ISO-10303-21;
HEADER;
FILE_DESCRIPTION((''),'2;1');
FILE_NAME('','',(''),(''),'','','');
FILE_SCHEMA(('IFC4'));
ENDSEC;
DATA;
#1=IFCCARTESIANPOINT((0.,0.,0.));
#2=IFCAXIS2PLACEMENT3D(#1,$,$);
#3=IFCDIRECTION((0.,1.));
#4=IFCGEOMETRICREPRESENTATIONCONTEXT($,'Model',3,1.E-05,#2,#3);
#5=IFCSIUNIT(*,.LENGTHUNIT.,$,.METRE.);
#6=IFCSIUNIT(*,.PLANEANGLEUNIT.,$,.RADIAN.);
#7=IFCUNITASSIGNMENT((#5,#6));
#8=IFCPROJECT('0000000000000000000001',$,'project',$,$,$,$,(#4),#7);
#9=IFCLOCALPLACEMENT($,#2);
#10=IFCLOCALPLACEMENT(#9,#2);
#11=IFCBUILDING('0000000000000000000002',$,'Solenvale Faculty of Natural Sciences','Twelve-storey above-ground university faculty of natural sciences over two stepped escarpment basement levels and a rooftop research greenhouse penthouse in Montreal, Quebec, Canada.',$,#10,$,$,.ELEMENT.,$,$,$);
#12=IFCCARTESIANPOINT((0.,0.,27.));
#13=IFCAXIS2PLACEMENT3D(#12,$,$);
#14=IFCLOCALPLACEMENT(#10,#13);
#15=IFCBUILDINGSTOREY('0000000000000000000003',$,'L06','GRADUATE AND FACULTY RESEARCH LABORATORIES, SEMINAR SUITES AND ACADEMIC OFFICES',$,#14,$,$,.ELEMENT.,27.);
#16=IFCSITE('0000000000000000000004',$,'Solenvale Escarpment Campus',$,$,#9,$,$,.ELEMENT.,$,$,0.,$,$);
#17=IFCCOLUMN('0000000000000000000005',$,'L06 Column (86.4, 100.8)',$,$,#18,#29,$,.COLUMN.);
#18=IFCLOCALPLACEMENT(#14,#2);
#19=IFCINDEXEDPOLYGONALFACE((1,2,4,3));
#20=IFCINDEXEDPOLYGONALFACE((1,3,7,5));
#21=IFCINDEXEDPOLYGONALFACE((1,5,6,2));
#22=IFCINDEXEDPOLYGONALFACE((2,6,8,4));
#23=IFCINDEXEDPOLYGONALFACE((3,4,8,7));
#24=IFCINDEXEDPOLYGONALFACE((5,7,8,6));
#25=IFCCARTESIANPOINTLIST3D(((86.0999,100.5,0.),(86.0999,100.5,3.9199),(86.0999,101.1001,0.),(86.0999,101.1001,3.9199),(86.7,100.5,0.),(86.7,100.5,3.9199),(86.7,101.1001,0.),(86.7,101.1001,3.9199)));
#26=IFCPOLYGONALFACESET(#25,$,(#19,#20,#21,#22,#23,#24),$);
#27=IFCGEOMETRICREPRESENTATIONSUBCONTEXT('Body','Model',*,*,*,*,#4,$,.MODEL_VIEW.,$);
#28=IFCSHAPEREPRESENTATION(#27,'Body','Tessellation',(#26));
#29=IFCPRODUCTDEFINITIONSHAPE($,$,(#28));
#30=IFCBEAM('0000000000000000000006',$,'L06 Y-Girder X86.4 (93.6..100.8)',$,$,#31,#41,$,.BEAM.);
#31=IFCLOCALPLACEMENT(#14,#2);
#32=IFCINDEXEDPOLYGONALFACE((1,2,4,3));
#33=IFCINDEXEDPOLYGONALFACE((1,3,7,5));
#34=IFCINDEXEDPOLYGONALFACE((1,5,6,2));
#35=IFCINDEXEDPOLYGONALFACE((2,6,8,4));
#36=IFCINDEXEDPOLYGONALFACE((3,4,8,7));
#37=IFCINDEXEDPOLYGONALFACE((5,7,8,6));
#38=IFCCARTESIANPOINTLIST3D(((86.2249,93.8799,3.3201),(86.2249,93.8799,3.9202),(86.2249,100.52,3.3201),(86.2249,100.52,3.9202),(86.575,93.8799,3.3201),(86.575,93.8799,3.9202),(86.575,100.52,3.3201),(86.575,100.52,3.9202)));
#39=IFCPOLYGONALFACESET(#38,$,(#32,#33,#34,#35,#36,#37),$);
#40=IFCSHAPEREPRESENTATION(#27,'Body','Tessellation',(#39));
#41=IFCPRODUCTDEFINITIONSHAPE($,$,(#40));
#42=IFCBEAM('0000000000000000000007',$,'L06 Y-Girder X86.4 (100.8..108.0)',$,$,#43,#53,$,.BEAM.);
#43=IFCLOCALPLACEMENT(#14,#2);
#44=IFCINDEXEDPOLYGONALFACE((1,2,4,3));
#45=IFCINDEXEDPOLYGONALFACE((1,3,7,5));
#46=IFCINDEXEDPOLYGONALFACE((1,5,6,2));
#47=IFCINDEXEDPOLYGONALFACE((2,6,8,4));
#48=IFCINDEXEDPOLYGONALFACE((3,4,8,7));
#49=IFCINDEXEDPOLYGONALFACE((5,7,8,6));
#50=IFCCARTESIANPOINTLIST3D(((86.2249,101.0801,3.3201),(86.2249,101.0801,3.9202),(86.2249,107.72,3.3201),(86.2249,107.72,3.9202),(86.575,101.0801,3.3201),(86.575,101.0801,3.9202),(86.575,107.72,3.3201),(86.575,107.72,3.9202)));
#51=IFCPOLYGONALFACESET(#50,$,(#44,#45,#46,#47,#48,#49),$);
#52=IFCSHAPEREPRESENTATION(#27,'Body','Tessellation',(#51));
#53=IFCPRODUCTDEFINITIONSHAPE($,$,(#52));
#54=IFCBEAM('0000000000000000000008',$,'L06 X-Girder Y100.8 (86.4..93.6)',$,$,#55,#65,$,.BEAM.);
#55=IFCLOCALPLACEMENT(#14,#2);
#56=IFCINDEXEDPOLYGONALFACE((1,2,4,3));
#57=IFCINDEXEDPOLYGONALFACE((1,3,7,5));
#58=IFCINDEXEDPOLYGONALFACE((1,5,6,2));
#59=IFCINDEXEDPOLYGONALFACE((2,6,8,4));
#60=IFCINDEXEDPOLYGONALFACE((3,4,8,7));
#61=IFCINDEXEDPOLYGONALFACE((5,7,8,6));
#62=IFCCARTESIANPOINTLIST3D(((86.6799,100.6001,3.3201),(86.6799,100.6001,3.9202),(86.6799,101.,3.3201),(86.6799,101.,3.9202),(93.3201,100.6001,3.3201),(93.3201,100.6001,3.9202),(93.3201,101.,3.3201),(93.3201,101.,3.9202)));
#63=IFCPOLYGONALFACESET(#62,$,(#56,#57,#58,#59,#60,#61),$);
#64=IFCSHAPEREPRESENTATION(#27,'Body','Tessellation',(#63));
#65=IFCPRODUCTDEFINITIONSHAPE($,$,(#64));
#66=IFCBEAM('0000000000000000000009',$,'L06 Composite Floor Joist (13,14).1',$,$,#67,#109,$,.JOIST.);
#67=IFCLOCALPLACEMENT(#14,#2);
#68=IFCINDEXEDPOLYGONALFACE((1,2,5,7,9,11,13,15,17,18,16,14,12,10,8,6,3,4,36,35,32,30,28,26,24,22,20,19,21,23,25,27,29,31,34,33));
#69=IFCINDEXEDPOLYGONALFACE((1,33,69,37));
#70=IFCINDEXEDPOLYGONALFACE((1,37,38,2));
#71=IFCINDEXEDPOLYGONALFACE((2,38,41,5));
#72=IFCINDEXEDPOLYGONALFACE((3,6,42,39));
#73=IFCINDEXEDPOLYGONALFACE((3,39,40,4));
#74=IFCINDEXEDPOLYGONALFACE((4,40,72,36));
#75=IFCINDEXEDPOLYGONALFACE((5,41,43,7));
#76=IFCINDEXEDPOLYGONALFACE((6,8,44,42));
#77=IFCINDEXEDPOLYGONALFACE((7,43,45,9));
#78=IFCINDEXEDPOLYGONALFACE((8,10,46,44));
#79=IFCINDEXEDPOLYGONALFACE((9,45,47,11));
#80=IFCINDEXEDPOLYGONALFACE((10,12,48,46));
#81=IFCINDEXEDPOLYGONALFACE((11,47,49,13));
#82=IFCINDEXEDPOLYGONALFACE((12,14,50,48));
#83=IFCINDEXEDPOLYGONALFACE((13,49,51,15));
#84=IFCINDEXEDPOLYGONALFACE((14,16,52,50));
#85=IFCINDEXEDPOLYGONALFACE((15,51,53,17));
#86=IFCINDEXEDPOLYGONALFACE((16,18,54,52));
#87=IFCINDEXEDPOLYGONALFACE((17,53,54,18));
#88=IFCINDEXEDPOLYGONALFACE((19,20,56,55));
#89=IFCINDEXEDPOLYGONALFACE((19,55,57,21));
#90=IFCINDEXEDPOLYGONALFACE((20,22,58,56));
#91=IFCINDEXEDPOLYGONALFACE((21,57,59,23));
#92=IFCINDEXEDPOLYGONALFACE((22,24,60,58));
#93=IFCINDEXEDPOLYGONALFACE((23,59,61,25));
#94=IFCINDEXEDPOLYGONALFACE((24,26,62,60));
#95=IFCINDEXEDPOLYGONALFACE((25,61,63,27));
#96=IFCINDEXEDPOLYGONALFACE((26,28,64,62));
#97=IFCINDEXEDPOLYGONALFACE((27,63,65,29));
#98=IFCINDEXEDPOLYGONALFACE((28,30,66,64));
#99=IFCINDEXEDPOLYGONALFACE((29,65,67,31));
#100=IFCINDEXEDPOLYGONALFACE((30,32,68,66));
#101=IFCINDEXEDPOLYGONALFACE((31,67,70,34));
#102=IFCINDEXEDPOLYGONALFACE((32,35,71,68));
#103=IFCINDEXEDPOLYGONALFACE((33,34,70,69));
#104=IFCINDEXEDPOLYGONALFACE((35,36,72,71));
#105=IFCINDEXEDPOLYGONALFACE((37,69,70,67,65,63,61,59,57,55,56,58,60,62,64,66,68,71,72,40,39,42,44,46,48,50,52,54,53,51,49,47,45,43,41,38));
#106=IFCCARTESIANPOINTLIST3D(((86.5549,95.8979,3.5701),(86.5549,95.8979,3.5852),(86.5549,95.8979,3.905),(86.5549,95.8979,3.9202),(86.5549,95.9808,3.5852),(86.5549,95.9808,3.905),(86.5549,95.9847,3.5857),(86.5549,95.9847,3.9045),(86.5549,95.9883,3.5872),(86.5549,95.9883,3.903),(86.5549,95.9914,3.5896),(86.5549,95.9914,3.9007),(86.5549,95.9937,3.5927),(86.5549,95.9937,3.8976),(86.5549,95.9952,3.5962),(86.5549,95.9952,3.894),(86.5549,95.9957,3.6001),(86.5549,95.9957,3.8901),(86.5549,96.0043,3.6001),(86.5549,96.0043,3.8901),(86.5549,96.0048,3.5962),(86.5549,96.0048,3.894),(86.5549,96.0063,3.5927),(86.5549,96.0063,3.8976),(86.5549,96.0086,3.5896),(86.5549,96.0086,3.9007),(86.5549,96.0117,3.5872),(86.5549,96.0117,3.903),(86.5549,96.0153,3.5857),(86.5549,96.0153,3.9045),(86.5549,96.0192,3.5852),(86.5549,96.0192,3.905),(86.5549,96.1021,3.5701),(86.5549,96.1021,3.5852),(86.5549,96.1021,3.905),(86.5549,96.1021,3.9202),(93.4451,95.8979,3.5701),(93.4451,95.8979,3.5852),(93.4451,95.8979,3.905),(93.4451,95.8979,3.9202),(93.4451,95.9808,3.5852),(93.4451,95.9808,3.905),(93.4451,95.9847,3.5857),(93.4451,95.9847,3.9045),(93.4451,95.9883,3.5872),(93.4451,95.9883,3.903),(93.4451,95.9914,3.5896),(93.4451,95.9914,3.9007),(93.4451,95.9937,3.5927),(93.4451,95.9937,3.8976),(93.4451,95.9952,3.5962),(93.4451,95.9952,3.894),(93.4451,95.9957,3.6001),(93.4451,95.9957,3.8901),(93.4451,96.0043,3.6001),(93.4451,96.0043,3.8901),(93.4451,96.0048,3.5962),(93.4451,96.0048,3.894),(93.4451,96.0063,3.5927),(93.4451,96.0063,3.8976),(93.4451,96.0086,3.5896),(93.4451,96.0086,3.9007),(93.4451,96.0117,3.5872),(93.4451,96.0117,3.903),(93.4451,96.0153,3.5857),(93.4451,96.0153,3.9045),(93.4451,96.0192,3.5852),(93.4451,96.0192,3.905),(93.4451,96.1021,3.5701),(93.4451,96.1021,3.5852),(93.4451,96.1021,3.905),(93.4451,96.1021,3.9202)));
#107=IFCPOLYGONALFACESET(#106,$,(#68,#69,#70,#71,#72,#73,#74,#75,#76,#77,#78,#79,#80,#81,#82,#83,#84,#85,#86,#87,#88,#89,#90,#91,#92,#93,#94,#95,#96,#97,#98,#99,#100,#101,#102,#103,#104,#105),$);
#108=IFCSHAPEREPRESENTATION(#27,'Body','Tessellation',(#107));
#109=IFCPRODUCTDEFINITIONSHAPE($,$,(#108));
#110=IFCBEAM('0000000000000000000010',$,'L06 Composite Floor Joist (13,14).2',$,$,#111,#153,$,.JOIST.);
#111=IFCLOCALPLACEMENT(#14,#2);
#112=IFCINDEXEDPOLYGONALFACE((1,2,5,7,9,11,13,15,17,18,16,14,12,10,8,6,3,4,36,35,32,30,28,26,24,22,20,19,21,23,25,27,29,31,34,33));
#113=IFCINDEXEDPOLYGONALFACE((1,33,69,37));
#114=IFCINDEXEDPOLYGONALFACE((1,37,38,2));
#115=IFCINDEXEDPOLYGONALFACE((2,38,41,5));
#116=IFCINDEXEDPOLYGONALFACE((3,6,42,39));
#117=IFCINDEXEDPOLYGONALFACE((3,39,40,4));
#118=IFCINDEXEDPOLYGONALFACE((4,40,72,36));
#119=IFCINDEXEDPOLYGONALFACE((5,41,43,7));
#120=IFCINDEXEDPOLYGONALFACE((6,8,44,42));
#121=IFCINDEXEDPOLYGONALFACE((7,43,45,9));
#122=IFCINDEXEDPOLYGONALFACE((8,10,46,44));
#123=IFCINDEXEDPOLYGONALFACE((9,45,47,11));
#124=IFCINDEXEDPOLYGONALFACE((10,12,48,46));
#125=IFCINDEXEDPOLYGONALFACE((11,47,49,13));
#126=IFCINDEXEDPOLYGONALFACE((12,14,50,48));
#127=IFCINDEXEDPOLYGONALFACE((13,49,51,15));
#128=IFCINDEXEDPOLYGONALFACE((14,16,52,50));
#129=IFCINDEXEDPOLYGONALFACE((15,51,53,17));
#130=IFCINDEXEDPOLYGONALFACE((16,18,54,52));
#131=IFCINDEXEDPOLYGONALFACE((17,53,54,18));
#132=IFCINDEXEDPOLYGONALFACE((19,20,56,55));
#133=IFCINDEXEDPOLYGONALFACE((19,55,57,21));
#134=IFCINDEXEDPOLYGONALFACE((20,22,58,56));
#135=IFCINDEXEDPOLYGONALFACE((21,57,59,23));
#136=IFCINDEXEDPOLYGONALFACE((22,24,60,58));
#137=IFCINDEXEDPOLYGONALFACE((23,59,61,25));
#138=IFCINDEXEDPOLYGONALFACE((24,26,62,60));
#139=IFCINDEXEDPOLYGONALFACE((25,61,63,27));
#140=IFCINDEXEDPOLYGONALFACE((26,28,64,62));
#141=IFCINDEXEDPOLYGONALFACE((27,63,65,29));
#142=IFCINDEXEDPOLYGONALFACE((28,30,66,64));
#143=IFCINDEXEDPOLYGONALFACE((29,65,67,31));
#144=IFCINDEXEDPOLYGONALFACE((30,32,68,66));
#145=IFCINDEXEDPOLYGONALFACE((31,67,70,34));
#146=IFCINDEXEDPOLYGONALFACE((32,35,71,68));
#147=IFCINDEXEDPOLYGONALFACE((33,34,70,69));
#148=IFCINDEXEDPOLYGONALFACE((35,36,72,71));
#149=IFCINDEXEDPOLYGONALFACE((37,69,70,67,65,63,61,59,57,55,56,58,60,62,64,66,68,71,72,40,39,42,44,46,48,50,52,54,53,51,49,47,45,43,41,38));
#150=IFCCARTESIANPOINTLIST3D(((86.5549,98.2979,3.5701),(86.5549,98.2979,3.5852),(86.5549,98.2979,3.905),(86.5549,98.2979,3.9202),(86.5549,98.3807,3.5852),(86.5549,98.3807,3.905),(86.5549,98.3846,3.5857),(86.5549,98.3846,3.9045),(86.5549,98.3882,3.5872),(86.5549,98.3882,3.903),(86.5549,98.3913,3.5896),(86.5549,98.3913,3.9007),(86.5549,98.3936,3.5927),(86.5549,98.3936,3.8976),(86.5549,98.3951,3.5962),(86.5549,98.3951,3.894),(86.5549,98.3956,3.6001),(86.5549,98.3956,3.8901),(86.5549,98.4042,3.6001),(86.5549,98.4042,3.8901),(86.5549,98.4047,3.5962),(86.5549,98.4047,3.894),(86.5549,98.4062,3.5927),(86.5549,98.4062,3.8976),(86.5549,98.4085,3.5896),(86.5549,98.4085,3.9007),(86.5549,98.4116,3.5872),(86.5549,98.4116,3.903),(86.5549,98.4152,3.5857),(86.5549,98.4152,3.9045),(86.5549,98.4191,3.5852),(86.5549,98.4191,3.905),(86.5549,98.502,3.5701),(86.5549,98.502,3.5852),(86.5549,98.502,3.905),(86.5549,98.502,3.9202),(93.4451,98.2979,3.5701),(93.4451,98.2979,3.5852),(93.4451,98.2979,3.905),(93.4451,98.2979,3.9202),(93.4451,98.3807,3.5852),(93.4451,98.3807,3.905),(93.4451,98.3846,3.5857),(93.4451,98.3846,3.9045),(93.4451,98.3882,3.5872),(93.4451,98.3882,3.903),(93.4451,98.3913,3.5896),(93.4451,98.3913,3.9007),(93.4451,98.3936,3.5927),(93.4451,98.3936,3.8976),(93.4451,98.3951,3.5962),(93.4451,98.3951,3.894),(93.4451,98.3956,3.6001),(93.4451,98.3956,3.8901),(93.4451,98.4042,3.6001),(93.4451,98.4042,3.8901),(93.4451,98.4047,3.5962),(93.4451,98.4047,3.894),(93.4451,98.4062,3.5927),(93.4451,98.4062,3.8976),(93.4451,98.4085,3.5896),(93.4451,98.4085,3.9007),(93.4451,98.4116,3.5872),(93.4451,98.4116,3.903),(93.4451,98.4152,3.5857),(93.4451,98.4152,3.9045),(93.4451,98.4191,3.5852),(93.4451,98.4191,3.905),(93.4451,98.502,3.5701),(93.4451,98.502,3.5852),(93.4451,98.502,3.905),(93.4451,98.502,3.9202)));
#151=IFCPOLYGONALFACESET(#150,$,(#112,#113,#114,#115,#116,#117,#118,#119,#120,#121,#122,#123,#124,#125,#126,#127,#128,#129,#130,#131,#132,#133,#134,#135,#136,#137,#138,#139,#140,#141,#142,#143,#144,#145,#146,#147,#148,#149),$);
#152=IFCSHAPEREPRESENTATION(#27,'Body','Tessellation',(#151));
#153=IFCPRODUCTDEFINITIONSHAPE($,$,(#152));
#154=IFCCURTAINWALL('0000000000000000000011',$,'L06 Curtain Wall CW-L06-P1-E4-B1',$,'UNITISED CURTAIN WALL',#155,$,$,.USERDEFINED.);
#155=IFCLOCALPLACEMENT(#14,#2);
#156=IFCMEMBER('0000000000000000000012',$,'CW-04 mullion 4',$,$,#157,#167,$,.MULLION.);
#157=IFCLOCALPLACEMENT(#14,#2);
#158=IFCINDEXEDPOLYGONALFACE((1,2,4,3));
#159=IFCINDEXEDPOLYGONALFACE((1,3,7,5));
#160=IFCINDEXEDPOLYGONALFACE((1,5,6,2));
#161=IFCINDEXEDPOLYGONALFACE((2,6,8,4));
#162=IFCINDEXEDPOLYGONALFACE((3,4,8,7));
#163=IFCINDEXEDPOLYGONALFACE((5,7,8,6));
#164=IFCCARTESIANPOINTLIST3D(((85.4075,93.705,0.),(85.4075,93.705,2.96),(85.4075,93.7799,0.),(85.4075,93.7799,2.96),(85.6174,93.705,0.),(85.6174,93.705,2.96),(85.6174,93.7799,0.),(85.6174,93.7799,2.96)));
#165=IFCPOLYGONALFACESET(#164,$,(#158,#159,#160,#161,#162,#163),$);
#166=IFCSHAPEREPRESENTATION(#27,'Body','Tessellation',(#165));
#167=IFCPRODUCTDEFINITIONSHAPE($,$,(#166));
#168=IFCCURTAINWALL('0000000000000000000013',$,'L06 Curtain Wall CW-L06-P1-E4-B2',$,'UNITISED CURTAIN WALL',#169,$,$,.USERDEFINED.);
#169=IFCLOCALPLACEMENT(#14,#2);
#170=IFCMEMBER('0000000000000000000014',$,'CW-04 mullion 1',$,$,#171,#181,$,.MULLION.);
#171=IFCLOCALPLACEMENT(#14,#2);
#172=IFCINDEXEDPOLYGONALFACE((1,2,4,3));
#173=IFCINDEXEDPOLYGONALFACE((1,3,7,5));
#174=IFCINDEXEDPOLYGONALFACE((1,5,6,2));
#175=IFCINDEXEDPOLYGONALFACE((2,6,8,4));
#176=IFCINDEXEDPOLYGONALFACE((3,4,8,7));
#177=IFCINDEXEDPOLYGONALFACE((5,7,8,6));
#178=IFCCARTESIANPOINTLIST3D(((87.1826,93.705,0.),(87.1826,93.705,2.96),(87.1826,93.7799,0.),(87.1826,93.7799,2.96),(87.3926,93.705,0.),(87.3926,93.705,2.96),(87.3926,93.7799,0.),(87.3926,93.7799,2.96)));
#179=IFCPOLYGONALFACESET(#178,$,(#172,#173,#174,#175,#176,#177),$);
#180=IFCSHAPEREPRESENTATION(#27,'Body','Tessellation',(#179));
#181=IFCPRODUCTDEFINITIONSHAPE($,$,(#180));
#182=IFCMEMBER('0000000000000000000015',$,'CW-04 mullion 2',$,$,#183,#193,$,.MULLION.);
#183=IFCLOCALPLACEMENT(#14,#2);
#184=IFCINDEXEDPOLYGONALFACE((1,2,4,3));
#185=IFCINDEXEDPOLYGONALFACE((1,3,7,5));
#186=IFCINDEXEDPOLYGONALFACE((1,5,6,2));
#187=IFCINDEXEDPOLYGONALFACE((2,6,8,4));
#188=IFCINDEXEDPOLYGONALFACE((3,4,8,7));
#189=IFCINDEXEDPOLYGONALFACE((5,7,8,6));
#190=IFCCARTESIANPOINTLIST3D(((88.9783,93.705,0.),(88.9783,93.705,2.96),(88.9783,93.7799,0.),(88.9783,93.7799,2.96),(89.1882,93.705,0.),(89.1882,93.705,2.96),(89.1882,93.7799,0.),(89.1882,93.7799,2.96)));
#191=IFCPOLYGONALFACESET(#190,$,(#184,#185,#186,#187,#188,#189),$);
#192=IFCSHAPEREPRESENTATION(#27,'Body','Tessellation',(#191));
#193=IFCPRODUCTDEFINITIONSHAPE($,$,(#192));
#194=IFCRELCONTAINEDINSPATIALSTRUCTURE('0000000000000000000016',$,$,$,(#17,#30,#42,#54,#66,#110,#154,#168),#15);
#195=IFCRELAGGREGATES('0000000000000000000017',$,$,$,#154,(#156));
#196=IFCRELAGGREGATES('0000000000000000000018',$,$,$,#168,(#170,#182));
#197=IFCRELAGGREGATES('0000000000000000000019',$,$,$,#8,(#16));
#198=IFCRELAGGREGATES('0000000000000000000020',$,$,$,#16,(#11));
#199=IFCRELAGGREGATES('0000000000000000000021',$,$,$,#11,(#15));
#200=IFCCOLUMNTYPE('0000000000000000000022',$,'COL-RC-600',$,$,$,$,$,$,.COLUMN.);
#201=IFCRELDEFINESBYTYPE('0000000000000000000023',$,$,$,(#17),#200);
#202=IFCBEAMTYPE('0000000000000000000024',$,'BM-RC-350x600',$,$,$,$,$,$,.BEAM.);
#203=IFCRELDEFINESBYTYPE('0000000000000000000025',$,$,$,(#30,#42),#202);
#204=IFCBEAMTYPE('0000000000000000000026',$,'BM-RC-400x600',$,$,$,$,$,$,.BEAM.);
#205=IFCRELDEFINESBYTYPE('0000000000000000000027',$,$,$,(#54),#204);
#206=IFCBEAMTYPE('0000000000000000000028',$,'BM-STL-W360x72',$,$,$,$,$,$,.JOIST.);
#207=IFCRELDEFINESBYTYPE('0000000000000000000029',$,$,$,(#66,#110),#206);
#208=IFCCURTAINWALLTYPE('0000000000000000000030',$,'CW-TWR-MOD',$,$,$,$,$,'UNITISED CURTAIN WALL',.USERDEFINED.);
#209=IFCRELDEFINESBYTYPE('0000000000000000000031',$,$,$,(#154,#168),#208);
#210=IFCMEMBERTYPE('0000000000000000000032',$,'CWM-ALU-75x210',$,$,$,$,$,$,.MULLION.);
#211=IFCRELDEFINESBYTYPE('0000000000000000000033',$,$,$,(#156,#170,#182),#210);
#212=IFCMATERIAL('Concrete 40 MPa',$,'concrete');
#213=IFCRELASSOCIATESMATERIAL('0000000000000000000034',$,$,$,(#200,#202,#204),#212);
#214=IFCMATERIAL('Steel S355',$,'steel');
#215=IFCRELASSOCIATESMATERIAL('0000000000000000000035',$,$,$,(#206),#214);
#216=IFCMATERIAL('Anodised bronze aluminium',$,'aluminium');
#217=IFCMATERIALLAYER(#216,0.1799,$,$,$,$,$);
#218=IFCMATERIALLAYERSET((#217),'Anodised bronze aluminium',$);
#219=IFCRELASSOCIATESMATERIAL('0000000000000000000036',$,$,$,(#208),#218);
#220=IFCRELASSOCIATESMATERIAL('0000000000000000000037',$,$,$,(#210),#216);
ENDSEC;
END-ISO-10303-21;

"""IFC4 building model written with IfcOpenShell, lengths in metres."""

from ifc_helpers import new_model, si_unit, direction, frame, origin, origin_2d, place, context, subcontext, project, spatial, rectangle, i_section, extrude, material, layer, layer_set, material_profile, profile_set, type_object, element, aggregate, save


model = new_model("IFC4")

# Units and contexts
model_context = context("Model", 3, precision=1e-05, world=origin(), true_north=direction((0.0, 1.0)))
body_context = subcontext(model_context, "Body", "Model", "MODEL_VIEW")
ifc_project = project(units=[si_unit("LENGTHUNIT", "METRE"), si_unit("PLANEANGLEUNIT", "RADIAN")], contexts=[model_context])

# Site, building, storey
site_placement = place(None, origin())
site = spatial("IfcSite", under=ifc_project, at=site_placement, Name="Solenvale Escarpment Campus", CompositionType="ELEMENT", RefElevation=0.0)
building_placement = place(site_placement, origin())
building = spatial("IfcBuilding", under=site, at=building_placement, Name="Solenvale Faculty of Natural Sciences", Description="Twelve-storey above-ground university faculty of natural sciences over two stepped escarpment basement levels and a rooftop research greenhouse penthouse in Montreal, Quebec, Canada.", CompositionType="ELEMENT")
storey_placement = place(building_placement, frame((0.0, 0.0, 27.0)))
storey = spatial("IfcBuildingStorey", under=building, at=storey_placement, Name="L06", Description="GRADUATE AND FACULTY RESEARCH LABORATORIES, SEMINAR SUITES AND ACADEMIC OFFICES", CompositionType="ELEMENT", Elevation=27.0)

# Column
ifc_material_1 = material(Name="Concrete 40 MPa", Category="concrete")
ifc_material_profile_1 = material_profile(ifc_material_1, rectangle(XDim=0.6001, YDim=0.6001, at=origin_2d()), Name="RC-COL-600x600")
ifc_profile_set_1 = profile_set([ifc_material_profile_1], Name="Concrete 40 MPa")
column_type = type_object("IfcColumnType", Name="COL-RC-600", PredefinedType="COLUMN", material=ifc_profile_set_1)
column_placement = place(storey_placement, frame((86.3999, 100.8, 0.0), z_axis=(0.0, 0.0, 1.0), x_axis=(1.0, 0.0, 0.0)))
element("IfcColumn", 1, at=column_placement, inside=storey, type_object=column_type, Name="L06 Column (86.4, 100.8)", PredefinedType="COLUMN", context=body_context, shape_type="SweptSolid", body=[
    extrude(rectangle(XDim=0.6001, YDim=0.6001, at=origin_2d()), origin(), (0.0, 0.0, 1.0), 3.9199),
])

# Beams
ifc_material_profile_2 = material_profile(ifc_material_1, rectangle(XDim=0.3501, YDim=0.6001, at=origin_2d()), Name="RC-BM-350x600")
ifc_profile_set_2 = profile_set([ifc_material_profile_2], Name="Concrete 40 MPa")
beam_type_1 = type_object("IfcBeamType", Name="BM-RC-350x600", PredefinedType="BEAM", material=ifc_profile_set_2)
beam_1_placement = place(storey_placement, frame((86.3999, 93.8799, 3.6201), z_axis=(0.0, 1.0, 0.0), x_axis=(-1.0, 0.0, 0.0)))
element("IfcBeam", 2, at=beam_1_placement, inside=storey, type_object=beam_type_1, Name="L06 Y-Girder X86.4 (93.6..100.8)", PredefinedType="BEAM", context=body_context, shape_type="SweptSolid", body=[
    extrude(rectangle(XDim=0.3501, YDim=0.6001, at=origin_2d()), origin(), (0.0, 0.0, 1.0), 6.6401),
])
beam_2_placement = place(storey_placement, frame((86.3999, 101.0801, 3.6201), z_axis=(0.0, 1.0, 0.0), x_axis=(-1.0, 0.0, 0.0)))
element("IfcBeam", 3, at=beam_2_placement, inside=storey, type_object=beam_type_1, Name="L06 Y-Girder X86.4 (100.8..108.0)", PredefinedType="BEAM", context=body_context, shape_type="SweptSolid", body=[
    extrude(rectangle(XDim=0.3501, YDim=0.6001, at=origin_2d()), origin(), (0.0, 0.0, 1.0), 6.6399),
])
ifc_material_profile_3 = material_profile(ifc_material_1, rectangle(XDim=0.3999, YDim=0.6001, at=origin_2d()), Name="RC-BM-400x600")
ifc_profile_set_3 = profile_set([ifc_material_profile_3], Name="Concrete 40 MPa")
beam_type_2 = type_object("IfcBeamType", Name="BM-RC-400x600", PredefinedType="BEAM", material=ifc_profile_set_3)
beam_3_placement = place(storey_placement, frame((86.6799, 100.8, 3.6201), z_axis=(1.0, 0.0, 0.0), x_axis=(0.0, 1.0, 0.0)))
element("IfcBeam", 4, at=beam_3_placement, inside=storey, type_object=beam_type_2, Name="L06 X-Girder Y100.8 (86.4..93.6)", PredefinedType="BEAM", context=body_context, shape_type="SweptSolid", body=[
    extrude(rectangle(XDim=0.3999, YDim=0.6001, at=origin_2d()), origin(), (0.0, 0.0, 1.0), 6.6401),
])
ifc_material_2 = material(Name="Steel S355", Category="steel")
ifc_material_profile_4 = material_profile(ifc_material_2, i_section(OverallWidth=0.2041, OverallDepth=0.3501, WebThickness=0.0085, FlangeThickness=0.0151, FilletRadius=0.0149, at=origin_2d()), Name="W360x72")
ifc_profile_set_4 = profile_set([ifc_material_profile_4], Name="Steel S355")
beam_type_3 = type_object("IfcBeamType", Name="BM-STL-W360x72", PredefinedType="JOIST", material=ifc_profile_set_4)
for number, where, z_axis, x_axis, name in (
    (5, (86.5549, 96.0, 3.7451), (1.0, 0.0, 0.0), (0.0, 1.0, 0.0), "L06 Composite Floor Joist (13,14).1"),
    (6, (86.5549, 98.3999, 3.7451), (1.0, 0.0, 0.0), (0.0, 1.0, 0.0), "L06 Composite Floor Joist (13,14).2"),
):
    element("IfcBeam", number, at=place(storey_placement, frame(where, z_axis=z_axis, x_axis=x_axis)), inside=storey, type_object=beam_type_3, Name=name, PredefinedType="JOIST", context=body_context, shape_type="SweptSolid", body=[
        extrude(i_section(OverallWidth=0.2041, OverallDepth=0.3501, WebThickness=0.0085, FlangeThickness=0.0151, FilletRadius=0.0149, at=origin_2d()), origin(), (0.0, 0.0, 1.0), 6.8901),
    ])

# Curtain wall, member
ifc_material_3 = material(Name="Anodised bronze aluminium", Category="aluminium")
ifc_layer_1 = layer(ifc_material_3, 0.1799)
ifc_layer_set_1 = layer_set([ifc_layer_1], Name="Anodised bronze aluminium")
curtain_wall_type = type_object("IfcCurtainWallType", Name="CW-TWR-MOD", ElementType="UNITISED CURTAIN WALL", PredefinedType="USERDEFINED", material=ifc_layer_set_1)
curtain_wall_1_placement = place(storey_placement, origin())
curtain_wall_1 = element("IfcCurtainWall", 7, at=curtain_wall_1_placement, inside=storey, type_object=curtain_wall_type, Name="L06 Curtain Wall CW-L06-P1-E4-B1", ObjectType="UNITISED CURTAIN WALL", PredefinedType="USERDEFINED")
ifc_material_profile_5 = material_profile(ifc_material_3, rectangle(XDim=0.075, YDim=0.21, at=origin_2d()), Name="ALU-MUL-75x210")
ifc_profile_set_5 = profile_set([ifc_material_profile_5], Name="Anodised bronze aluminium")
member_type_1 = type_object("IfcMemberType", Name="CWM-ALU-75x210", PredefinedType="MULLION", material=ifc_profile_set_5)
member_1_placement = place(storey_placement, frame((85.5125, 93.7424, 0.0), z_axis=(0.0, 0.0, 1.0), x_axis=(0.0, 1.0, 0.0)))
member_1 = element("IfcMember", 8, at=member_1_placement, type_object=member_type_1, Name="CW-04 mullion 4", PredefinedType="MULLION", context=body_context, shape_type="SweptSolid", body=[
    extrude(rectangle(XDim=0.075, YDim=0.21, at=origin_2d()), origin(), (0.0, 0.0, 1.0), 2.96),
])
aggregate(curtain_wall_1, [member_1])

# Curtain wall, members
curtain_wall_2_placement = place(storey_placement, origin())
curtain_wall_2 = element("IfcCurtainWall", 9, at=curtain_wall_2_placement, inside=storey, type_object=curtain_wall_type, Name="L06 Curtain Wall CW-L06-P1-E4-B2", ObjectType="UNITISED CURTAIN WALL", PredefinedType="USERDEFINED")
member_2_placement = place(storey_placement, frame((87.2876, 93.7424, 0.0), z_axis=(0.0, 0.0, 1.0), x_axis=(0.0, 1.0, 0.0)))
member_2 = element("IfcMember", 10, at=member_2_placement, type_object=member_type_1, Name="CW-04 mullion 1", PredefinedType="MULLION", context=body_context, shape_type="SweptSolid", body=[
    extrude(rectangle(XDim=0.075, YDim=0.21, at=origin_2d()), origin(), (0.0, 0.0, 1.0), 2.96),
])
member_3_placement = place(storey_placement, frame((89.0833, 93.7424, 0.0), z_axis=(0.0, 0.0, 1.0), x_axis=(0.0, 1.0, 0.0)))
member_3 = element("IfcMember", 11, at=member_3_placement, type_object=member_type_1, Name="CW-04 mullion 2", PredefinedType="MULLION", context=body_context, shape_type="SweptSolid", body=[
    extrude(rectangle(XDim=0.075, YDim=0.21, at=origin_2d()), origin(), (0.0, 0.0, 1.0), 2.96),
])
aggregate(curtain_wall_2, [member_2, member_3])

save(model, "model.ifc")
